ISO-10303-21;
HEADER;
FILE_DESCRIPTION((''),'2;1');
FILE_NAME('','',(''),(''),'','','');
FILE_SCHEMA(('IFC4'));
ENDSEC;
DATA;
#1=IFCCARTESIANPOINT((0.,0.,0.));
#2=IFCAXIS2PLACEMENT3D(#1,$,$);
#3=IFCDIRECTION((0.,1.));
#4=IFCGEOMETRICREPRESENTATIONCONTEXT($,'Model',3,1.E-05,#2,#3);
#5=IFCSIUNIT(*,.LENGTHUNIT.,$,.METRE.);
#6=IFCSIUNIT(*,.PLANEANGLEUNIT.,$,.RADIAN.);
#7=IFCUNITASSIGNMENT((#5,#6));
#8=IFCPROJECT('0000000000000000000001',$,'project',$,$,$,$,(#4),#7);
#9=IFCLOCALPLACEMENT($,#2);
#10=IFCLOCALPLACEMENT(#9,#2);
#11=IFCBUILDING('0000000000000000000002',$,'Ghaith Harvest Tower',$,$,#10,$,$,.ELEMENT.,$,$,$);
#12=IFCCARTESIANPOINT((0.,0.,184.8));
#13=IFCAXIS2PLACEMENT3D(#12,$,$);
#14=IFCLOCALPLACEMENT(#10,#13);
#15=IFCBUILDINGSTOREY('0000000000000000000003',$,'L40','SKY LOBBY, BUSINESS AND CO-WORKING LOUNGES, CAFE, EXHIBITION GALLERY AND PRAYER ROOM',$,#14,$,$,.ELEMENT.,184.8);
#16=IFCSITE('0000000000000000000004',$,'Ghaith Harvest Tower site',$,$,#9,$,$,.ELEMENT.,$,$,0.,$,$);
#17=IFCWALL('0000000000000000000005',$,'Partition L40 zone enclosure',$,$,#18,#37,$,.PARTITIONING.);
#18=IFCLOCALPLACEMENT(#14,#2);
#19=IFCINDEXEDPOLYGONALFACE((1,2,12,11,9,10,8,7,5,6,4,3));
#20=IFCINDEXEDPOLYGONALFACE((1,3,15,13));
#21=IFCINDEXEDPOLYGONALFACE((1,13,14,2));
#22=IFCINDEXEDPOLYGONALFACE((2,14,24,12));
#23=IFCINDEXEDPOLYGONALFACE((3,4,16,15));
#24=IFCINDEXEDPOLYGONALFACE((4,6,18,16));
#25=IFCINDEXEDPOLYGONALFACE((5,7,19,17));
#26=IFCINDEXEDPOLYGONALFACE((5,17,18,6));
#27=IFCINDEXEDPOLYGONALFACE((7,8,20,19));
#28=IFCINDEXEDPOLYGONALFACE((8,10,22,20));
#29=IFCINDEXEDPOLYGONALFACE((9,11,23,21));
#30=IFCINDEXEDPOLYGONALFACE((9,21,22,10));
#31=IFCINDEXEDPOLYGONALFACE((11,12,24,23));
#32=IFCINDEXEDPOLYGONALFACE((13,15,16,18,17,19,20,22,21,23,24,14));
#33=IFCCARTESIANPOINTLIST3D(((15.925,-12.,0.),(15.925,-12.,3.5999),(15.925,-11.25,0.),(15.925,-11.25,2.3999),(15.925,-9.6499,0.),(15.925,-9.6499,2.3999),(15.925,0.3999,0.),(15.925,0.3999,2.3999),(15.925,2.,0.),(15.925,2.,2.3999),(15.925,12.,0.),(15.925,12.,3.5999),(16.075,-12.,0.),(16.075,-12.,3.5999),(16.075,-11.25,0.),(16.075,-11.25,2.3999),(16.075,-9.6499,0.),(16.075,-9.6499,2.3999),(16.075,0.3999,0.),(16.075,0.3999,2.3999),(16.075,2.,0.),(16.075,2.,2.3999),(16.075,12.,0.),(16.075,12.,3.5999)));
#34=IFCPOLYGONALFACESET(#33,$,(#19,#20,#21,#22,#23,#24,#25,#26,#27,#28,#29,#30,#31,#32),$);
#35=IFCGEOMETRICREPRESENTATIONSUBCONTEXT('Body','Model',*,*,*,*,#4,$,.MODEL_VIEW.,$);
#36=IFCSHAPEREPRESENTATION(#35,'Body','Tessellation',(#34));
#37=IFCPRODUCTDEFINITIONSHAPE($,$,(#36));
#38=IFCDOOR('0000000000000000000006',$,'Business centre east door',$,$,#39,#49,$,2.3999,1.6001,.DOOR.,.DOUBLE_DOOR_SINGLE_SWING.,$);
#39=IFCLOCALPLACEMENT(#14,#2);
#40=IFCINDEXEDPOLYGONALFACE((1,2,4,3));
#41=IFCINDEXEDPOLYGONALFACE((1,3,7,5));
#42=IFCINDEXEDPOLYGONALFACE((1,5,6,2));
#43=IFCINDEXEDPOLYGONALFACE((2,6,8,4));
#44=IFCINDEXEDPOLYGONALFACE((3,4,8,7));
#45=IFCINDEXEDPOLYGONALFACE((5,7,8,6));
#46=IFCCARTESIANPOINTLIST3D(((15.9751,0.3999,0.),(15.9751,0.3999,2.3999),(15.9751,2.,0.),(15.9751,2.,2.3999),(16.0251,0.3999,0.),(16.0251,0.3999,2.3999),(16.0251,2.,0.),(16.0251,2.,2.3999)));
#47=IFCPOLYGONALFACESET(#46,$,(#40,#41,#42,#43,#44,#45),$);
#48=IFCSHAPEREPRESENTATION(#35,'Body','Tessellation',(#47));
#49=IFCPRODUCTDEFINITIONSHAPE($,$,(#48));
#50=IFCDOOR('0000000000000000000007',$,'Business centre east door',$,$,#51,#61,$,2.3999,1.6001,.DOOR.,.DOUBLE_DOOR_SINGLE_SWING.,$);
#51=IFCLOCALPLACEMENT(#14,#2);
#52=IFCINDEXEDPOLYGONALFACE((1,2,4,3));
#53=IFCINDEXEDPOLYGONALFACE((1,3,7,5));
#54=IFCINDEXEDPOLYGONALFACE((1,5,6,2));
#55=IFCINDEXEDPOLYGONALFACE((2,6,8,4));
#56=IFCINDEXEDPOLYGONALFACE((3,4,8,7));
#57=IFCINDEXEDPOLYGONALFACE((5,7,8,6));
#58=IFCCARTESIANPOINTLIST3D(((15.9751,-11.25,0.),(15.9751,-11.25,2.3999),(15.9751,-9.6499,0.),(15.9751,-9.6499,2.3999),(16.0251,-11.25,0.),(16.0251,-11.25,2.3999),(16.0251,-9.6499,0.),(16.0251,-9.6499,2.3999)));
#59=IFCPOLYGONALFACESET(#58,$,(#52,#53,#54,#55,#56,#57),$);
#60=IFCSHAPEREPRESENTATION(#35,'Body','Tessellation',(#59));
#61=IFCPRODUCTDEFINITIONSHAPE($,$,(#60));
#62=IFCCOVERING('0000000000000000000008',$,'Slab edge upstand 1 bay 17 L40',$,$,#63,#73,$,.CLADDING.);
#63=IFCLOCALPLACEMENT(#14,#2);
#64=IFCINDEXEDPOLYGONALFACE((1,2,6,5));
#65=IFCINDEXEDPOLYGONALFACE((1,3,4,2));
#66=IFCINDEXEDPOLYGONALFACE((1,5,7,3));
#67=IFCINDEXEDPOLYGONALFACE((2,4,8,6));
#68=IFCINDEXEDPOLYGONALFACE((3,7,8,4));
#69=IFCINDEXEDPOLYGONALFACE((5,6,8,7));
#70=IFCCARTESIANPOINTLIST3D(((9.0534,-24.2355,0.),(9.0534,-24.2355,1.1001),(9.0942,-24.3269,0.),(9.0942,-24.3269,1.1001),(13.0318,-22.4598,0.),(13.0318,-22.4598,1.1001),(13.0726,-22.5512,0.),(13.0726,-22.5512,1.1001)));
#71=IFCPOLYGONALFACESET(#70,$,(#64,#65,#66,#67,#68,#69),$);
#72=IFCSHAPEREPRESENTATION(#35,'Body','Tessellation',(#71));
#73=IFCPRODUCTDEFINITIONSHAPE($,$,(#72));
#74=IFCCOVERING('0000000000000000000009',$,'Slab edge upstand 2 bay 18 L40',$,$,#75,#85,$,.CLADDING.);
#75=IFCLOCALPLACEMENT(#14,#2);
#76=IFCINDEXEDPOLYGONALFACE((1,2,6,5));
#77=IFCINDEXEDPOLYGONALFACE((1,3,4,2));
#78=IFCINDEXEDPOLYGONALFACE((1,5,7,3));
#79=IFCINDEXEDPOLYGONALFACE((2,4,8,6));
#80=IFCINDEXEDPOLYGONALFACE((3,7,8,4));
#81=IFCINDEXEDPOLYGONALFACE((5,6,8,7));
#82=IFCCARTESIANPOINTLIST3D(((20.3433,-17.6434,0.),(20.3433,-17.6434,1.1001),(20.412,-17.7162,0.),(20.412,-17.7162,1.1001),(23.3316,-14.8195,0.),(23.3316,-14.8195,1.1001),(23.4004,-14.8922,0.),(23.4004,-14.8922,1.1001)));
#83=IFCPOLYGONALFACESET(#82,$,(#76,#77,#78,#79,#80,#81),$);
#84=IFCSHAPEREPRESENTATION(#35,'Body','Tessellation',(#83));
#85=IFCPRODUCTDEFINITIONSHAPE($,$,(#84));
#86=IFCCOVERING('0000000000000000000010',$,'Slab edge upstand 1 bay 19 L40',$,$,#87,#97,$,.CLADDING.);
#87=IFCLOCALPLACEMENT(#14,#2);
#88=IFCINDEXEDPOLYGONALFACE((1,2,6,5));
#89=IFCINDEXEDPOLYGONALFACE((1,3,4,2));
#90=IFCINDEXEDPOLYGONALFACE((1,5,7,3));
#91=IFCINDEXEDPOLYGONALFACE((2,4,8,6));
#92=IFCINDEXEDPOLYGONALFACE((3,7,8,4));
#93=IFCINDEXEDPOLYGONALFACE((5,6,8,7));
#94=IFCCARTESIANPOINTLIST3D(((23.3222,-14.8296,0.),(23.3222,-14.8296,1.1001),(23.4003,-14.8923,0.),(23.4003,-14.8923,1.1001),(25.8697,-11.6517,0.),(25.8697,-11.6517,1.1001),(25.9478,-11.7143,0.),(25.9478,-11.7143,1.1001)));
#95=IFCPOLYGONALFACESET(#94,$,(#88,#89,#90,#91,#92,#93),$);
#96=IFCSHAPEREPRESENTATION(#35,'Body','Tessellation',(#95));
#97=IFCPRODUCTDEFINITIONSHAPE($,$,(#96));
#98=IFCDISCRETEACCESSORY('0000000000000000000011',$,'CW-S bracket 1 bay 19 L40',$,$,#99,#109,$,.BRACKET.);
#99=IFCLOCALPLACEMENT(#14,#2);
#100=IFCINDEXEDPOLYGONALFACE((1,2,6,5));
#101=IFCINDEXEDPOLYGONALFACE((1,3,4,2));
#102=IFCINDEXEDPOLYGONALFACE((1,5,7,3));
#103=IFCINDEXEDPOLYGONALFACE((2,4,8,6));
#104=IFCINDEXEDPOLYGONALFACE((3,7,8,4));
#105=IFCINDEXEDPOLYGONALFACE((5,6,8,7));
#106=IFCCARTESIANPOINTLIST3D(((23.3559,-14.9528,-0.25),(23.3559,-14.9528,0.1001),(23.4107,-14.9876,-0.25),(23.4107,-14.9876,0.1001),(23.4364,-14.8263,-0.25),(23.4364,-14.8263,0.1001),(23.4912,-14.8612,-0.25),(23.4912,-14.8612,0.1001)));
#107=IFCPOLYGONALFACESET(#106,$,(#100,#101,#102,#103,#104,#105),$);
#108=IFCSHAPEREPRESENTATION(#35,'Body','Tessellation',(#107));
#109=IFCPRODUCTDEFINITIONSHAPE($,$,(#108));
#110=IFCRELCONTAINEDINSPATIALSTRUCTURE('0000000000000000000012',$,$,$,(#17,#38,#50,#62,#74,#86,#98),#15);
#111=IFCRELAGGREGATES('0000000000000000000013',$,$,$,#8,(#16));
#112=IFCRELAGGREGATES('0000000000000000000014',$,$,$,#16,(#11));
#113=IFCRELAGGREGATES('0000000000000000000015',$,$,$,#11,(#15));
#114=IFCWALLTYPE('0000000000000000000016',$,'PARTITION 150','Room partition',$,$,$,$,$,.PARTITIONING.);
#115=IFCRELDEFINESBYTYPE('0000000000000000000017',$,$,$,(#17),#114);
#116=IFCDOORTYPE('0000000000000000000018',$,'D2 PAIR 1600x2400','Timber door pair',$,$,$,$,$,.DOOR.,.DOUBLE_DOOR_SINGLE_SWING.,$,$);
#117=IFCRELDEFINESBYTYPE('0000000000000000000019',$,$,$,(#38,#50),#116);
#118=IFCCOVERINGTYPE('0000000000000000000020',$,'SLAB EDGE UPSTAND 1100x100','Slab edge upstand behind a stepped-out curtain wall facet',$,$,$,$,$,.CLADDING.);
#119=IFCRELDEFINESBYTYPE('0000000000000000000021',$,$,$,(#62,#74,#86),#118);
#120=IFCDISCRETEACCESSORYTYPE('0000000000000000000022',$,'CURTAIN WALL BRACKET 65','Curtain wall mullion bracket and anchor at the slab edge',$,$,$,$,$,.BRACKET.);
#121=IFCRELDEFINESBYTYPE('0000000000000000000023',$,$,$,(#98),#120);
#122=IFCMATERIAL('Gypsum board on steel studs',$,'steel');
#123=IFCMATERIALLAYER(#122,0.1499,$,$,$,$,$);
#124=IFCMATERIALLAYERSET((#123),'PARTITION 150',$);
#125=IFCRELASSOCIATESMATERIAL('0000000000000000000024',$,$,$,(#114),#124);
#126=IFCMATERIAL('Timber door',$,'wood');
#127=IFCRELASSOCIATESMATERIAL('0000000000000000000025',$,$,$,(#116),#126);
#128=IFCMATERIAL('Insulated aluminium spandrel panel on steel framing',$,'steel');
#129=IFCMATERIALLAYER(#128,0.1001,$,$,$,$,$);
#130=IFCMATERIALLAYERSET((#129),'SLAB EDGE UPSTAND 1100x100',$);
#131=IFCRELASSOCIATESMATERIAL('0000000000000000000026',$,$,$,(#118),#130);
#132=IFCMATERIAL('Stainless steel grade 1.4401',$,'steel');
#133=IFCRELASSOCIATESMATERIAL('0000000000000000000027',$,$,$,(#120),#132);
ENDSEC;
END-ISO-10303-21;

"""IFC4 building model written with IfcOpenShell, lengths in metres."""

from ifc_helpers import new_model, si_unit, direction, frame, frame_2d, origin, origin_2d, place, context, subcontext, project, spatial, rectangle, extrude, material, layer, layer_set, type_object, element, fill, save


model = new_model("IFC4")

# Units and contexts
model_context = context("Model", 3, precision=1e-05, world=origin(), true_north=direction((0.0, 1.0)))
body_context = subcontext(model_context, "Body", "Model", "MODEL_VIEW")
ifc_project = project(units=[si_unit("LENGTHUNIT", "METRE"), si_unit("PLANEANGLEUNIT", "RADIAN")], contexts=[model_context])

# Site, building, storey
site_placement = place(None, origin())
site = spatial("IfcSite", under=ifc_project, at=site_placement, Name="Ghaith Harvest Tower site", CompositionType="ELEMENT", RefElevation=0.0)
building_placement = place(site_placement, origin())
building = spatial("IfcBuilding", under=site, at=building_placement, Name="Ghaith Harvest Tower", CompositionType="ELEMENT")
storey_placement = place(building_placement, frame((0.0, 0.0, 184.8)))
storey = spatial("IfcBuildingStorey", under=building, at=storey_placement, Name="L40", Description="SKY LOBBY, BUSINESS AND CO-WORKING LOUNGES, CAFE, EXHIBITION GALLERY AND PRAYER ROOM", CompositionType="ELEMENT", Elevation=184.8)

# Shared definitions
ifc_material_1 = material(Name="Gypsum board on steel studs", Category="steel")
ifc_layer_1 = layer(ifc_material_1, 0.1499)
ifc_layer_set_1 = layer_set([ifc_layer_1], Name="PARTITION 150")
wall_type = type_object("IfcWallType", Name="PARTITION 150", Description="Room partition", PredefinedType="PARTITIONING", material=ifc_layer_set_1)

# Wall, openings, doors
wall_1_placement = place(storey_placement, frame((16.0, -12.0, 0.0), z_axis=(0.0, 0.0, 1.0), x_axis=(0.0, 1.0, 0.0)))
wall_1 = element("IfcWall", 1, at=wall_1_placement, inside=storey, type_object=wall_type, Name="Partition L40 zone enclosure", PredefinedType="PARTITIONING", context=body_context, shape_type="SweptSolid", body=[
    extrude(rectangle(XDim=24.0, YDim=0.1499, at=frame_2d((12.0, 0.0))), origin(), (0.0, 0.0, 1.0), 3.5999),
])
opening_1_placement = place(wall_1_placement, frame((12.3999, 0.0, 0.0)))
opening_1 = element("IfcOpeningElement", 2, at=opening_1_placement, cuts=wall_1, PredefinedType="OPENING", context=body_context, shape_type="SweptSolid", body=[
    extrude(rectangle(XDim=1.6001, YDim=2.3999, at=frame_2d((0.8, 1.2))), frame((0.0, 0.085, 0.0), z_axis=(0.0, -1.0, 0.0), x_axis=(1.0, 0.0, 0.0)), (0.0, 0.0, 1.0), 0.1699),
])
opening_2_placement = place(wall_1_placement, frame((0.75, 0.0, 0.0)))
opening_2 = element("IfcOpeningElement", 3, at=opening_2_placement, cuts=wall_1, PredefinedType="OPENING", context=body_context, shape_type="SweptSolid", body=[
    extrude(rectangle(XDim=1.6001, YDim=2.3999, at=frame_2d((0.8, 1.2))), frame((0.0, 0.085, 0.0), z_axis=(0.0, -1.0, 0.0), x_axis=(1.0, 0.0, 0.0)), (0.0, 0.0, 1.0), 0.1699),
])
ifc_material_2 = material(Name="Timber door", Category="wood")
door_type = type_object("IfcDoorType", Name="D2 PAIR 1600x2400", Description="Timber door pair", OperationType="DOUBLE_DOOR_SINGLE_SWING", PredefinedType="DOOR", material=ifc_material_2)
door_1_placement = place(opening_1_placement, origin())
door_1 = element("IfcDoor", 4, at=door_1_placement, inside=storey, type_object=door_type, Name="Business centre east door", OperationType="DOUBLE_DOOR_SINGLE_SWING", OverallHeight=2.3999, OverallWidth=1.6001, PredefinedType="DOOR", context=body_context, shape_type="SweptSolid", body=[
    extrude(rectangle(XDim=1.6001, YDim=2.3999, at=frame_2d((0.8, 1.2))), frame((0.0, 0.0249, 0.0), z_axis=(0.0, -1.0, 0.0), x_axis=(1.0, 0.0, 0.0)), (0.0, 0.0, 1.0), 0.05),
])
fill(opening_1, door_1)
door_2_placement = place(opening_2_placement, origin())
door_2 = element("IfcDoor", 5, at=door_2_placement, inside=storey, type_object=door_type, Name="Business centre east door", OperationType="DOUBLE_DOOR_SINGLE_SWING", OverallHeight=2.3999, OverallWidth=1.6001, PredefinedType="DOOR", context=body_context, shape_type="SweptSolid", body=[
    extrude(rectangle(XDim=1.6001, YDim=2.3999, at=frame_2d((0.8, 1.2))), frame((0.0, 0.0249, 0.0), z_axis=(0.0, -1.0, 0.0), x_axis=(1.0, 0.0, 0.0)), (0.0, 0.0, 1.0), 0.05),
])
fill(opening_2, door_2)

# Coverings
ifc_material_3 = material(Name="Insulated aluminium spandrel panel on steel framing", Category="steel")
ifc_layer_2 = layer(ifc_material_3, 0.1001)
ifc_layer_set_2 = layer_set([ifc_layer_2], Name="SLAB EDGE UPSTAND 1100x100")
covering_type = type_object("IfcCoveringType", Name="SLAB EDGE UPSTAND 1100x100", Description="Slab edge upstand behind a stepped-out curtain wall facet", PredefinedType="CLADDING", material=ifc_layer_set_2)
covering_1_placement = place(storey_placement, frame((11.063, -23.3933, 0.0), z_axis=(0.0, 0.0, 1.0), x_axis=(0.91317, 0.407578, 0.0)))
element("IfcCovering", 6, at=covering_1_placement, inside=storey, type_object=covering_type, Name="Slab edge upstand 1 bay 17 L40", PredefinedType="CLADDING", context=body_context, shape_type="SweptSolid", body=[
    extrude(rectangle(XDim=4.3567, YDim=0.1001, at=origin_2d()), origin(), (0.0, 0.0, 1.0), 1.1001),
])
covering_2_placement = place(storey_placement, frame((21.8718, -16.2678, 0.0), z_axis=(0.0, 0.0, 1.0), x_axis=(0.72681, 0.686839, 0.0)))
element("IfcCovering", 7, at=covering_2_placement, inside=storey, type_object=covering_type, Name="Slab edge upstand 2 bay 18 L40", PredefinedType="CLADDING", context=body_context, shape_type="SweptSolid", body=[
    extrude(rectangle(XDim=4.1116, YDim=0.1001, at=origin_2d()), origin(), (0.0, 0.0, 1.0), 1.1001),
])
covering_3_placement = place(storey_placement, frame((24.635, -13.272, 0.0), z_axis=(0.0, 0.0, 1.0), x_axis=(0.625468, 0.78025, 0.0)))
element("IfcCovering", 8, at=covering_3_placement, inside=storey, type_object=covering_type, Name="Slab edge upstand 1 bay 19 L40", PredefinedType="CLADDING", context=body_context, shape_type="SweptSolid", body=[
    extrude(rectangle(XDim=4.073, YDim=0.1001, at=origin_2d()), origin(), (0.0, 0.0, 1.0), 1.1001),
])

# Discrete accessory
ifc_material_4 = material(Name="Stainless steel grade 1.4401", Category="steel")
discrete_accessory_type = type_object("IfcDiscreteAccessoryType", Name="CURTAIN WALL BRACKET 65", Description="Curtain wall mullion bracket and anchor at the slab edge", PredefinedType="BRACKET", material=ifc_material_4)
discrete_accessory_placement = place(storey_placement, frame((23.4236, -14.907, -0.25), z_axis=(0.0, 0.0, 1.0), x_axis=(0.843644, -0.536903, 0.0)))
element("IfcDiscreteAccessory", 9, at=discrete_accessory_placement, inside=storey, type_object=discrete_accessory_type, Name="CW-S bracket 1 bay 19 L40", PredefinedType="BRACKET", context=body_context, shape_type="SweptSolid", body=[
    extrude(rectangle(XDim=0.0649, YDim=0.1499, at=origin_2d()), origin(), (0.0, 0.0, 1.0), 0.3501),
])

save(model, "model.ifc")
